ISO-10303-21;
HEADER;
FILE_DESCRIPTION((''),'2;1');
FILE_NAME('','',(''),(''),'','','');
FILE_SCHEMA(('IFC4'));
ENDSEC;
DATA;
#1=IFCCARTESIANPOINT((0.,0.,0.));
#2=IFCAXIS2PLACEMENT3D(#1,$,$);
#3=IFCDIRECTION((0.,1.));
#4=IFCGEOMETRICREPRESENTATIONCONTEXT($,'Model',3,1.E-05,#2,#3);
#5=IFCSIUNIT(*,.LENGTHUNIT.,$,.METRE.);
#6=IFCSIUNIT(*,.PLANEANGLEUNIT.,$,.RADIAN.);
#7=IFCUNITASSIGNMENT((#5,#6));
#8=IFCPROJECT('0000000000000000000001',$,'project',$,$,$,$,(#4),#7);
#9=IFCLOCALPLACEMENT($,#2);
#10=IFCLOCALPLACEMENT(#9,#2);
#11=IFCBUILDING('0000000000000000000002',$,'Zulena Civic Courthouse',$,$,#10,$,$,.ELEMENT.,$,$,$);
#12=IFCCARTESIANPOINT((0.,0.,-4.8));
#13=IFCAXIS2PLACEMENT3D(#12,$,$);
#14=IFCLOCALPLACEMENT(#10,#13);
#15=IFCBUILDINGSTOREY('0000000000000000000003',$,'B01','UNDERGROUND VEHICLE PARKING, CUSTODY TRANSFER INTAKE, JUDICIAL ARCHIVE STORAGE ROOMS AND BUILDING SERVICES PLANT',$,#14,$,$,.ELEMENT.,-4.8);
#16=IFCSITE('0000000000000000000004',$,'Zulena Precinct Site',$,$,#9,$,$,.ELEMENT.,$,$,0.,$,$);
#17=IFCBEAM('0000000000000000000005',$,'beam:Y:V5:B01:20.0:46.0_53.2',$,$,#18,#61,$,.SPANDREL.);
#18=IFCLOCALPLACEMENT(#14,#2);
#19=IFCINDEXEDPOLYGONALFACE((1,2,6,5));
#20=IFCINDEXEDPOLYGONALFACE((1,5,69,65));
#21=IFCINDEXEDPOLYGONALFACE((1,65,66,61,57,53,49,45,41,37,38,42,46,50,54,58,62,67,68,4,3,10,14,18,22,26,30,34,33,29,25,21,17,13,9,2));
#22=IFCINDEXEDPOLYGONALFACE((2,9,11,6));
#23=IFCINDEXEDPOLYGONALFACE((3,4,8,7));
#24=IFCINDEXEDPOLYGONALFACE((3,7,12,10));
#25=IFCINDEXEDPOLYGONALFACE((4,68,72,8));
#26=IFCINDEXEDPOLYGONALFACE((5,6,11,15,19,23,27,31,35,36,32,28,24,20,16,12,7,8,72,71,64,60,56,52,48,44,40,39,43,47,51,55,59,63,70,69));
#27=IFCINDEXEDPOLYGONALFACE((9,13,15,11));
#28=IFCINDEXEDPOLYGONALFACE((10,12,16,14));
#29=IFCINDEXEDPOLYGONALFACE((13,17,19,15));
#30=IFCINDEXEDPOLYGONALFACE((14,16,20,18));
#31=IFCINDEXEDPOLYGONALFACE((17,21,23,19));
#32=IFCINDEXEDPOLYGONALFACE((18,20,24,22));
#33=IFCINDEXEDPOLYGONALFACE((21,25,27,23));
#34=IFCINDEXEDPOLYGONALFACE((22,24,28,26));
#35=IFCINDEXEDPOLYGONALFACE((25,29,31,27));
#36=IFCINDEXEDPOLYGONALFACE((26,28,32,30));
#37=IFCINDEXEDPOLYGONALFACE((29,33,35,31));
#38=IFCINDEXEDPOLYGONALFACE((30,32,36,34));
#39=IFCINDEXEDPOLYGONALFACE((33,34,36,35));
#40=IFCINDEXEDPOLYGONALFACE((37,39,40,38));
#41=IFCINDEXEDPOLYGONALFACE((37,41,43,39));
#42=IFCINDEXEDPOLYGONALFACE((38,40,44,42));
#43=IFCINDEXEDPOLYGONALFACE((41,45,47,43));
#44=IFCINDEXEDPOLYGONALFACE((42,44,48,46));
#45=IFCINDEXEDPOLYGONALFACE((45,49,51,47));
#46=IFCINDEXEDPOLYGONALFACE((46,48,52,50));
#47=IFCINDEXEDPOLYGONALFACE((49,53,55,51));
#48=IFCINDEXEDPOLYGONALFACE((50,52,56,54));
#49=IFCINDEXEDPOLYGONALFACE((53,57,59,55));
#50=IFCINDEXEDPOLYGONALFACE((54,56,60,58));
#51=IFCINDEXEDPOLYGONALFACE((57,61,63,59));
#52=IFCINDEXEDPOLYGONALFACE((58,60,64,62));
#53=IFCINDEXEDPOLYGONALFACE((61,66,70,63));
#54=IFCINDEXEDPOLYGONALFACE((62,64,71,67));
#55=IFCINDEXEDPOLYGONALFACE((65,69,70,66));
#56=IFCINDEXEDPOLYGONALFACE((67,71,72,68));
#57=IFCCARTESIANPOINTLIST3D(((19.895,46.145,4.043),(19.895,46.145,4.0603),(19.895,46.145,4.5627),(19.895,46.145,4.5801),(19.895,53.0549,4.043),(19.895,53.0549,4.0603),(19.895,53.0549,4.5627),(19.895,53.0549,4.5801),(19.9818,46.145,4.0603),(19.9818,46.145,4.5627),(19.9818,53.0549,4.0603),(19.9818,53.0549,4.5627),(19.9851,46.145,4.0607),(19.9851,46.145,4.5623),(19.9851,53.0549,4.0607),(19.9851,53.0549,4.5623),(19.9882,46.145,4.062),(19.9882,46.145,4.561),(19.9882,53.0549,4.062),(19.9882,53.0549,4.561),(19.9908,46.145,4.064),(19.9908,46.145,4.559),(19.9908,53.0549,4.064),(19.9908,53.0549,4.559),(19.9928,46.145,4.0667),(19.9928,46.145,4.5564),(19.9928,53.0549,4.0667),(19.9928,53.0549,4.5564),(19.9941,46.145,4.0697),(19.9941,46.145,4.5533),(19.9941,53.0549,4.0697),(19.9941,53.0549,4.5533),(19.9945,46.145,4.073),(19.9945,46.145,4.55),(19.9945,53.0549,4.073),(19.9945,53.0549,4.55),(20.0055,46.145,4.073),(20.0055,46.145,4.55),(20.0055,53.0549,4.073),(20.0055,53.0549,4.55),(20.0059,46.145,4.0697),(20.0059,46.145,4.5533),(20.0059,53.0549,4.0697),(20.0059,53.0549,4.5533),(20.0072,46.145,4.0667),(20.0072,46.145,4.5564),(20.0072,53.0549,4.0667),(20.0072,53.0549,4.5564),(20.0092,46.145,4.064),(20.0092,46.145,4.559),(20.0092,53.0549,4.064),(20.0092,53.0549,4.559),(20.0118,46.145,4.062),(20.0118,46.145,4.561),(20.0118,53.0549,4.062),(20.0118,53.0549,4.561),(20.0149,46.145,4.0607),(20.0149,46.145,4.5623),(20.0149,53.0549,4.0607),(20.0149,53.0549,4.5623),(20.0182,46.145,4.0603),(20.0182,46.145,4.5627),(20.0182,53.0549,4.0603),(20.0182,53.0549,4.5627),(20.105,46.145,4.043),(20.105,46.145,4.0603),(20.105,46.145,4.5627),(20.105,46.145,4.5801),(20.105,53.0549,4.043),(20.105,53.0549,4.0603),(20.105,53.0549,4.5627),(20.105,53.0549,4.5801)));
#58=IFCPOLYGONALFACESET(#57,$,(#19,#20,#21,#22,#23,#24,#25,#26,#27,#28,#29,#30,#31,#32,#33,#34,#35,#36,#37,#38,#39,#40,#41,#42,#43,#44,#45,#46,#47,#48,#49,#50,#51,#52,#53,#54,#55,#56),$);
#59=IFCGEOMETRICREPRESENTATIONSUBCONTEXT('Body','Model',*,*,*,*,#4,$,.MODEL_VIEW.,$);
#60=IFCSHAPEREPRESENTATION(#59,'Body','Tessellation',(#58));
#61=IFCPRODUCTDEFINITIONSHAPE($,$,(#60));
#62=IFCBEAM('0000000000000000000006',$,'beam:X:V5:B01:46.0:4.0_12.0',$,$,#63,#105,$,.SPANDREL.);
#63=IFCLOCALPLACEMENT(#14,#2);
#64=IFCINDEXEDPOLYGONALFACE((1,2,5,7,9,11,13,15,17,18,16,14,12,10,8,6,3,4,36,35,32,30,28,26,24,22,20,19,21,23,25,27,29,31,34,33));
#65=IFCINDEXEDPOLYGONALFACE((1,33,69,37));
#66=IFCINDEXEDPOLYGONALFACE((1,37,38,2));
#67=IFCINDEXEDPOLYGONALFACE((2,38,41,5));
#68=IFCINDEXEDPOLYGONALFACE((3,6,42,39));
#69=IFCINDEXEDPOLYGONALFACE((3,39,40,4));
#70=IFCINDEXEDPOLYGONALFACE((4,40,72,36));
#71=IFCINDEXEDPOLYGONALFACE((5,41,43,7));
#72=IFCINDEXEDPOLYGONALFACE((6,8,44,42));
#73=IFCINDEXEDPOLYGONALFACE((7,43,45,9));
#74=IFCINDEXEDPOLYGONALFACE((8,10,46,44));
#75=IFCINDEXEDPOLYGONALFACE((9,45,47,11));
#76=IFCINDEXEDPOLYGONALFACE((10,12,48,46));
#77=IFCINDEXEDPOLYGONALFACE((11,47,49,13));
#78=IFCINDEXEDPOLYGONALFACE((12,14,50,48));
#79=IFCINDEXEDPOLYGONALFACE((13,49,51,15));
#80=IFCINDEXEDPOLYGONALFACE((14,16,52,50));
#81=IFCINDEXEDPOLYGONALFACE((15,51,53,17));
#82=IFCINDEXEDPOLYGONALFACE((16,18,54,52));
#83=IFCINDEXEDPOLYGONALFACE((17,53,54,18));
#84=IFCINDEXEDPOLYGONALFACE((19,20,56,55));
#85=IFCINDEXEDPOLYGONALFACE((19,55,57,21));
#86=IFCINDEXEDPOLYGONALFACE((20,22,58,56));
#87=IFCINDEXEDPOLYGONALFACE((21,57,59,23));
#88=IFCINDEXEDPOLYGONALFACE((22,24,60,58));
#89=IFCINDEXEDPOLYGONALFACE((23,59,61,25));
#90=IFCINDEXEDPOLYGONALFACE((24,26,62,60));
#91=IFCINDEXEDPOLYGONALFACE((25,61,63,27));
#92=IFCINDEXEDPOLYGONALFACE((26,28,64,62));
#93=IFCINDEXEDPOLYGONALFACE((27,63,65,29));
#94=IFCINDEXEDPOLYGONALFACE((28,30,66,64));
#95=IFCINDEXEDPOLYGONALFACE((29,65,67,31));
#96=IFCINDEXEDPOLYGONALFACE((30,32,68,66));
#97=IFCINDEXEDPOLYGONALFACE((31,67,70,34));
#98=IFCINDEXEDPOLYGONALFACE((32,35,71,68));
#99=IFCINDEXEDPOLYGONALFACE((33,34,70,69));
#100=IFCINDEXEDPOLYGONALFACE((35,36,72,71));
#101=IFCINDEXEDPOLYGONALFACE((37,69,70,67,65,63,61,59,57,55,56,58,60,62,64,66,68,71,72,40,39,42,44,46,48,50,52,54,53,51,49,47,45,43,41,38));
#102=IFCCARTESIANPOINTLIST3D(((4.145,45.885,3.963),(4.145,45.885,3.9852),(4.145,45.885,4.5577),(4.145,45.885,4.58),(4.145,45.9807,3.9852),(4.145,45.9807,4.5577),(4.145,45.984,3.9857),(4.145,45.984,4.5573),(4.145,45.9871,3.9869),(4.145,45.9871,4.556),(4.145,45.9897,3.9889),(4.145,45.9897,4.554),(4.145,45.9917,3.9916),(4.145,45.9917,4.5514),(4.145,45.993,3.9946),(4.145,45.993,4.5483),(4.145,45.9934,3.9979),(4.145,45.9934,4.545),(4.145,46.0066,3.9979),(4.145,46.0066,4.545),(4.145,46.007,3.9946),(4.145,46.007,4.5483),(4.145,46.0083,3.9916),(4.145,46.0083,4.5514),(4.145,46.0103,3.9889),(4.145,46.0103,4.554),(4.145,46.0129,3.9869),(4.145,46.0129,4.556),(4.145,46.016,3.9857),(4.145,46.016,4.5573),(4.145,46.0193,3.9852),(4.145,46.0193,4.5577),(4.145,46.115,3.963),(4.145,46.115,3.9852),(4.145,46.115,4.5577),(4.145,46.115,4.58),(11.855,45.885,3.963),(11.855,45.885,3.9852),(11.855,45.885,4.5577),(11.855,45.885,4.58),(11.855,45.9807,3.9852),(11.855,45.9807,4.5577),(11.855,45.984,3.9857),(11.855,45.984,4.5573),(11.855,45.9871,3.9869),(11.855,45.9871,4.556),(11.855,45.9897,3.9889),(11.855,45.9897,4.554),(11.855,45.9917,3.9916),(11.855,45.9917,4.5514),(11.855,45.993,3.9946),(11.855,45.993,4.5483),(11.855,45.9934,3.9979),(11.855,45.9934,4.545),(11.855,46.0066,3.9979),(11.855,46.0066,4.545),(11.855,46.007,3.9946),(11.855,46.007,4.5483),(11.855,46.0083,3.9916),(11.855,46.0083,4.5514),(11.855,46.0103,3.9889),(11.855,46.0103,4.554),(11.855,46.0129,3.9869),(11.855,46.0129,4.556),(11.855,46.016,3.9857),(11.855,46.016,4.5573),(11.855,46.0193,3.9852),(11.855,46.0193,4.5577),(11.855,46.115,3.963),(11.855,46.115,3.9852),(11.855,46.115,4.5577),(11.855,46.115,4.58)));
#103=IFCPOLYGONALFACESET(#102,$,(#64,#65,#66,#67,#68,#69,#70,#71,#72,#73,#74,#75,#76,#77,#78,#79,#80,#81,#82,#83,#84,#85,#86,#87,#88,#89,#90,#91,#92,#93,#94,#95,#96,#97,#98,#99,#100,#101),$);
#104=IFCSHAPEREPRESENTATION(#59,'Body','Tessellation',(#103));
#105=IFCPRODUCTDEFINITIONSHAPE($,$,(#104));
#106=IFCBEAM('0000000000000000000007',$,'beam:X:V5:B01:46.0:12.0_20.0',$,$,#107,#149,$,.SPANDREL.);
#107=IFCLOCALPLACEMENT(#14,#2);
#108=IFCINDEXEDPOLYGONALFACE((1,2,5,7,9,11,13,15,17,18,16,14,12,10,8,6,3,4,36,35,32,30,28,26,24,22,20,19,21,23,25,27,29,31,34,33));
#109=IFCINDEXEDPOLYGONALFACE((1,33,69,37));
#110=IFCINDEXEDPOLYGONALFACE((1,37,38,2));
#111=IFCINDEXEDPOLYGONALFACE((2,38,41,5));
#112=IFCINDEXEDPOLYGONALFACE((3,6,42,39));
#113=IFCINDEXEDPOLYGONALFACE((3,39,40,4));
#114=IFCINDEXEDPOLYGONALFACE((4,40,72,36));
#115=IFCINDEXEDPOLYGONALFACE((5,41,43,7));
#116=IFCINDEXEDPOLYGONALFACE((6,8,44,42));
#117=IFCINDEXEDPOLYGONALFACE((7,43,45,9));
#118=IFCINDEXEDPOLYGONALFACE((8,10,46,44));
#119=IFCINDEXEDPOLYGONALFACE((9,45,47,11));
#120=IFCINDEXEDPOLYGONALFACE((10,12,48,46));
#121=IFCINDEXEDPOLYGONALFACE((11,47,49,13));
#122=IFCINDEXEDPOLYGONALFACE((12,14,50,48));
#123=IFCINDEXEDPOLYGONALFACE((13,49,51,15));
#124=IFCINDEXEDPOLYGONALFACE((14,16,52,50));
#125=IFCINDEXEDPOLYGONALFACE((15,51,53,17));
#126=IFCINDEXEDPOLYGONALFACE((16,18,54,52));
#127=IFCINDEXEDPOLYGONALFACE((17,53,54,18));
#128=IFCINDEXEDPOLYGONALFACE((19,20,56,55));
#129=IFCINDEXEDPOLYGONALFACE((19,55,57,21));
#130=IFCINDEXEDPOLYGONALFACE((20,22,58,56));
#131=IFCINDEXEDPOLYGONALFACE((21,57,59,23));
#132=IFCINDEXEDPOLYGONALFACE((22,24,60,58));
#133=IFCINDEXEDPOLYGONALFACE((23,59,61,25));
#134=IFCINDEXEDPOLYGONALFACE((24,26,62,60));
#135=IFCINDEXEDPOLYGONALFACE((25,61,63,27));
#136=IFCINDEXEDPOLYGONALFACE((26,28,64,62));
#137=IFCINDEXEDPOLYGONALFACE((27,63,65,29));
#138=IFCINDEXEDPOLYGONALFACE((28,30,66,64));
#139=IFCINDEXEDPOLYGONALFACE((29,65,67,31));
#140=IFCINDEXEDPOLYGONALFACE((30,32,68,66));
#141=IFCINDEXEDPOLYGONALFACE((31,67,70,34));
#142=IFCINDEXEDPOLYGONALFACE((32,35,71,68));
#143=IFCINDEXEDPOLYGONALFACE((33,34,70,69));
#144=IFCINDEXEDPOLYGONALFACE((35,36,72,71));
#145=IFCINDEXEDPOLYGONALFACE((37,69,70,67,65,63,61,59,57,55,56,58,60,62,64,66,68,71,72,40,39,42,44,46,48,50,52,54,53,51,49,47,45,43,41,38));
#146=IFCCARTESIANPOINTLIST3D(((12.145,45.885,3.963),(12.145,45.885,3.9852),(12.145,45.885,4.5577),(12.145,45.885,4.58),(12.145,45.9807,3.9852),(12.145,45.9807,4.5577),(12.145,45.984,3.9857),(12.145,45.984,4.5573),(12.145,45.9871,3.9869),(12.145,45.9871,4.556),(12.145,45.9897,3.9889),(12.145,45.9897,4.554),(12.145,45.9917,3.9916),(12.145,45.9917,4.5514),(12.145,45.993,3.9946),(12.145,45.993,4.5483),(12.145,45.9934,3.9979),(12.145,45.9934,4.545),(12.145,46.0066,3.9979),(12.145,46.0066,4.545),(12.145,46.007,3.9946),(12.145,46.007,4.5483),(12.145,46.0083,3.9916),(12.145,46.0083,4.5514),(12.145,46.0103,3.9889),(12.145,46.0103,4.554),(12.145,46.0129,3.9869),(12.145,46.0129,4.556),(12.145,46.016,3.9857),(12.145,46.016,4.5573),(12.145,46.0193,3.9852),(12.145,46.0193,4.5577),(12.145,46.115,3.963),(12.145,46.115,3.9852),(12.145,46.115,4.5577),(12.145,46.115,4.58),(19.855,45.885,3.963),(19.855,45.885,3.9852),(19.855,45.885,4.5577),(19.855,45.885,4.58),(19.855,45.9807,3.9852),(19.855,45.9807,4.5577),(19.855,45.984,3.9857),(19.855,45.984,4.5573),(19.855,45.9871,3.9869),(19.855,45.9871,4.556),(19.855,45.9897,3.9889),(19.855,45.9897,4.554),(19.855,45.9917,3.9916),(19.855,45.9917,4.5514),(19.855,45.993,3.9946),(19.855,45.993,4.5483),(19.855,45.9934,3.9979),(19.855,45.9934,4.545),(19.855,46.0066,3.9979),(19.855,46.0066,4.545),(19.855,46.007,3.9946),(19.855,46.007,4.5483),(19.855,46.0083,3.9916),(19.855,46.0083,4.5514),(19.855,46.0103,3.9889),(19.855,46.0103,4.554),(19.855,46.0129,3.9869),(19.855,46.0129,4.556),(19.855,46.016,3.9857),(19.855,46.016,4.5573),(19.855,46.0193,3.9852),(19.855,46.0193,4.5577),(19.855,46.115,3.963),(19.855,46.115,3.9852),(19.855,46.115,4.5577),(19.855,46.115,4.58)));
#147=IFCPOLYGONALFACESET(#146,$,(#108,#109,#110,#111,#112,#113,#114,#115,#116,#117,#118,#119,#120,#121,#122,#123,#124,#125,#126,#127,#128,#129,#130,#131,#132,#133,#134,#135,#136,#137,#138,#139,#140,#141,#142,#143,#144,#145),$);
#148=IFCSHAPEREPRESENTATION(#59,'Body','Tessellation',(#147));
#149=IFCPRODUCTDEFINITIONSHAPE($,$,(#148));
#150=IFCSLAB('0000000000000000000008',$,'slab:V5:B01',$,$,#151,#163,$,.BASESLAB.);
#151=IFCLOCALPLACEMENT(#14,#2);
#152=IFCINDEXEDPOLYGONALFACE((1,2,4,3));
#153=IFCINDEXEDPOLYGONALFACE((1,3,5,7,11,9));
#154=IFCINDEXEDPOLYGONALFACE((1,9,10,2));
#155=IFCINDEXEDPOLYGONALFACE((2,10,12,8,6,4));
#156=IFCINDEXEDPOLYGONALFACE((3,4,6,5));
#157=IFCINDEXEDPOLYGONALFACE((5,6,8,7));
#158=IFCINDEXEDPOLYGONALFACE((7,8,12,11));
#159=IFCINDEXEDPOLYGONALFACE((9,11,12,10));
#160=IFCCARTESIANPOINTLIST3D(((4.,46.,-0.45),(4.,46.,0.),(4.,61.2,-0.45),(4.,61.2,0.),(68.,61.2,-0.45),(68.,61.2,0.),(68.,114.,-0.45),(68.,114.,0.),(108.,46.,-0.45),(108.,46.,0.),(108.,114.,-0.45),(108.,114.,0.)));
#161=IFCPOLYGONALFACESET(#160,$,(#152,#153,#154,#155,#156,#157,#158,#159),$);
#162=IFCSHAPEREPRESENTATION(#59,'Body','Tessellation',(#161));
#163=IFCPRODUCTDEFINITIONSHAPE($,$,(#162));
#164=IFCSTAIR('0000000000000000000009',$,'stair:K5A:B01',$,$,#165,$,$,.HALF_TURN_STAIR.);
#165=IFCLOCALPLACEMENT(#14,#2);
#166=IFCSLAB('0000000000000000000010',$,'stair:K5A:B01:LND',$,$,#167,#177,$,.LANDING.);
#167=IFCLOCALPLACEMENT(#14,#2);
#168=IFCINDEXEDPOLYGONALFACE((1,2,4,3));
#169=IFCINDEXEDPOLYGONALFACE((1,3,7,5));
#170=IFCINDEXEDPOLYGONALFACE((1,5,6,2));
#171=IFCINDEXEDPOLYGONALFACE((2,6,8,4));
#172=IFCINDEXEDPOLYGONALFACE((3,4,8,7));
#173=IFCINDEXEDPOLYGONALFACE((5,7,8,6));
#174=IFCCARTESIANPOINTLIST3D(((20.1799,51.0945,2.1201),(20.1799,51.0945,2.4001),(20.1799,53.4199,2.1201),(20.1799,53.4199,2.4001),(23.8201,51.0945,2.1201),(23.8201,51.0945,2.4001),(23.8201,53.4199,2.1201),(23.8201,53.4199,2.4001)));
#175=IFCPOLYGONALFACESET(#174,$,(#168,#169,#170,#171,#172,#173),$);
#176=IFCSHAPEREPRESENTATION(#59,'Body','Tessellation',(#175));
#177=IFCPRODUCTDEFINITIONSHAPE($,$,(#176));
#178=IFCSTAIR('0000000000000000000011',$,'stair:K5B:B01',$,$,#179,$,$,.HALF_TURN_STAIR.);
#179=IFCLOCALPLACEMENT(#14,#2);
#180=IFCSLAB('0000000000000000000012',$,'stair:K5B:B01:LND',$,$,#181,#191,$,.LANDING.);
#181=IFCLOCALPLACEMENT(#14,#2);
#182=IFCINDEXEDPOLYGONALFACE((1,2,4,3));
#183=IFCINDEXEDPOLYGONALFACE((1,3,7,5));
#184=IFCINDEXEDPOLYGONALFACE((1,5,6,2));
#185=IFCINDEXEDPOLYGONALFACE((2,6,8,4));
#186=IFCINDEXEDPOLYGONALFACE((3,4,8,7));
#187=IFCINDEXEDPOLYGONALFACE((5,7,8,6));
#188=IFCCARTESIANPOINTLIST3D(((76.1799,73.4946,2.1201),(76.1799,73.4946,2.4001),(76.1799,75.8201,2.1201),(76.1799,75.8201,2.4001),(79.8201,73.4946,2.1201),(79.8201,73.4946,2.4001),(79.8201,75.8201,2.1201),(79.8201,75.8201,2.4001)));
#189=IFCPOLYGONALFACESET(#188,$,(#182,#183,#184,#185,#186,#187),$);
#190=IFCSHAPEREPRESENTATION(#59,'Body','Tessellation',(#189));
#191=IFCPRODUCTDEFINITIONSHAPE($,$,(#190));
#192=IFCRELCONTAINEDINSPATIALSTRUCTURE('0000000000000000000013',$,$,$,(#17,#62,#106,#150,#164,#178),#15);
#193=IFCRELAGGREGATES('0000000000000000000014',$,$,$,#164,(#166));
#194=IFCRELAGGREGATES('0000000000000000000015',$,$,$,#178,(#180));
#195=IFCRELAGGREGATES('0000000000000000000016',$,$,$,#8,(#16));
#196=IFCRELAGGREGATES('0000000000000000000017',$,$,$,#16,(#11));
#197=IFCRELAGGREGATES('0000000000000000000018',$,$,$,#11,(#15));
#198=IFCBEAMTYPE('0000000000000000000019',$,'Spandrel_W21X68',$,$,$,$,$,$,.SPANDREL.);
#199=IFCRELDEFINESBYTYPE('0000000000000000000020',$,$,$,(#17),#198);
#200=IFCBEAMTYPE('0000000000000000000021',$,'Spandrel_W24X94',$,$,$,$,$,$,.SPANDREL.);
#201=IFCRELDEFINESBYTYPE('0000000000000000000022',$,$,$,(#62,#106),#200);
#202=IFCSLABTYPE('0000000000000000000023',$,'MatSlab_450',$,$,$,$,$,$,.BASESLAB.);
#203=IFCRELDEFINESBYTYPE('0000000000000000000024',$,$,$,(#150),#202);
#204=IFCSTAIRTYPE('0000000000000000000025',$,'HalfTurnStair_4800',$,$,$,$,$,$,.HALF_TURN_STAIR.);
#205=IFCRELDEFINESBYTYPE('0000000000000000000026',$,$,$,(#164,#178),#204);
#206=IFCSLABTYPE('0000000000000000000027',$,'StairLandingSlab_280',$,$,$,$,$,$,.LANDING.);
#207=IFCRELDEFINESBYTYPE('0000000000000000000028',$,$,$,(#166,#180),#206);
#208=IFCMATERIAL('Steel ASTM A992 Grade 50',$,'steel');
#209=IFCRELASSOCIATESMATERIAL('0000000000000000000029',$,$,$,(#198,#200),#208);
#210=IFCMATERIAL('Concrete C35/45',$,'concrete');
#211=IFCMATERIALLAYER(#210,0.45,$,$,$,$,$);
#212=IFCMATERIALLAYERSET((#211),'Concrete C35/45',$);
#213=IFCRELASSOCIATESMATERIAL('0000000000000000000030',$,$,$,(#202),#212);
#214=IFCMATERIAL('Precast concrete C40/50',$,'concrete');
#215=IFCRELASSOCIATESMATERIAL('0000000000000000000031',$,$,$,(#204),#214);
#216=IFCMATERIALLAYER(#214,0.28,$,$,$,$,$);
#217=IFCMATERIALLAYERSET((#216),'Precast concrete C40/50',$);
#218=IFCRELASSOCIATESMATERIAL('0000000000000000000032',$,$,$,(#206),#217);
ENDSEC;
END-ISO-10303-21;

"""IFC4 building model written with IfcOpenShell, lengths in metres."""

from ifc_helpers import new_model, si_unit, direction, frame, origin, origin_2d, place, context, subcontext, project, spatial, polyline, i_section, outline, extrude, material, layer, layer_set, material_profile, profile_set, type_object, element, aggregate, save


model = new_model("IFC4")

# Units and contexts
model_context = context("Model", 3, precision=1e-05, world=origin(), true_north=direction((0.0, 1.0)))
body_context = subcontext(model_context, "Body", "Model", "MODEL_VIEW")
ifc_project = project(units=[si_unit("LENGTHUNIT", "METRE"), si_unit("PLANEANGLEUNIT", "RADIAN")], contexts=[model_context])

# Site, building, storey
site_placement = place(None, origin())
site = spatial("IfcSite", under=ifc_project, at=site_placement, Name="Zulena Precinct Site", CompositionType="ELEMENT", RefElevation=0.0)
building_placement = place(site_placement, origin())
building = spatial("IfcBuilding", under=site, at=building_placement, Name="Zulena Civic Courthouse", CompositionType="ELEMENT")
storey_placement = place(building_placement, frame((0.0, 0.0, -4.8)))
storey = spatial("IfcBuildingStorey", under=building, at=storey_placement, Name="B01", Description="UNDERGROUND VEHICLE PARKING, CUSTODY TRANSFER INTAKE, JUDICIAL ARCHIVE STORAGE ROOMS AND BUILDING SERVICES PLANT", CompositionType="ELEMENT", Elevation=-4.8)

# Shared definitions
ifc_material_1 = material(Name="Concrete C35/45", Category="concrete")

# Shared definitions
ifc_material_2 = material(Name="Steel ASTM A992 Grade 50", Category="steel")

# Beams
ifc_material_profile_1 = material_profile(ifc_material_2, i_section(OverallWidth=0.21, OverallDepth=0.5371, WebThickness=0.011, FlangeThickness=0.0173, FilletRadius=0.0127, at=origin_2d()), Name="W21X68")
ifc_profile_set_1 = profile_set([ifc_material_profile_1], Name="Steel ASTM A992 Grade 50")
beam_type_1 = type_object("IfcBeamType", Name="Spandrel_W21X68", PredefinedType="SPANDREL", material=ifc_profile_set_1)
for number, where, z_axis, x_axis, name in (
    (1, (20.0, 46.145, 4.3115), (0.0, 1.0, 0.0), (-1.0, 0.0, 0.0), "beam:Y:V5:B01:20.0:46.0_53.2"),
):
    element("IfcBeam", number, at=place(storey_placement, frame(where, z_axis=z_axis, x_axis=x_axis)), inside=storey, type_object=beam_type_1, Name=name, PredefinedType="SPANDREL", context=body_context, shape_type="SweptSolid", body=[
        extrude(i_section(OverallWidth=0.21, OverallDepth=0.5371, WebThickness=0.011, FlangeThickness=0.0173, FilletRadius=0.0127, at=origin_2d()), origin(), (0.0, 0.0, 1.0), 6.9099),
    ])
ifc_material_profile_2 = material_profile(ifc_material_2, i_section(OverallWidth=0.23, OverallDepth=0.6169, WebThickness=0.0132, FlangeThickness=0.0222, FilletRadius=0.0127, at=origin_2d()), Name="W24X94")
ifc_profile_set_2 = profile_set([ifc_material_profile_2], Name="Steel ASTM A992 Grade 50")
beam_type_2 = type_object("IfcBeamType", Name="Spandrel_W24X94", PredefinedType="SPANDREL", material=ifc_profile_set_2)
for number, where, z_axis, x_axis, name in (
    (2, (4.145, 46.0, 4.2715), (1.0, 0.0, 0.0), (0.0, 1.0, 0.0), "beam:X:V5:B01:46.0:4.0_12.0"),
    (3, (12.145, 46.0, 4.2715), (1.0, 0.0, 0.0), (0.0, 1.0, 0.0), "beam:X:V5:B01:46.0:12.0_20.0"),
):
    element("IfcBeam", number, at=place(storey_placement, frame(where, z_axis=z_axis, x_axis=x_axis)), inside=storey, type_object=beam_type_2, Name=name, PredefinedType="SPANDREL", context=body_context, shape_type="SweptSolid", body=[
        extrude(i_section(OverallWidth=0.23, OverallDepth=0.6169, WebThickness=0.0132, FlangeThickness=0.0222, FilletRadius=0.0127, at=origin_2d()), origin(), (0.0, 0.0, 1.0), 7.71),
    ])

# Slab
ifc_layer_1 = layer(ifc_material_1, 0.45)
ifc_layer_set_1 = layer_set([ifc_layer_1], Name="Concrete C35/45")
slab_type_1 = type_object("IfcSlabType", Name="MatSlab_450", PredefinedType="BASESLAB", material=ifc_layer_set_1)
slab_1_placement = place(storey_placement, frame((0.0, 0.0, -0.45)))
element("IfcSlab", 4, at=slab_1_placement, inside=storey, type_object=slab_type_1, Name="slab:V5:B01", PredefinedType="BASESLAB", context=body_context, shape_type="SweptSolid", body=[
    extrude(outline(polyline([(4.0, 46.0), (108.0, 46.0), (108.0, 114.0), (68.0, 114.0), (68.0, 61.2), (4.0, 61.2), (4.0, 46.0)])), origin(), (0.0, 0.0, 1.0), 0.45),
])

# Stairs, slabs
ifc_material_3 = material(Name="Precast concrete C40/50", Category="concrete")
stair_type = type_object("IfcStairType", Name="HalfTurnStair_4800", PredefinedType="HALF_TURN_STAIR", material=ifc_material_3)
stair_1_placement = place(storey_placement, origin())
stair_1 = element("IfcStair", 5, at=stair_1_placement, inside=storey, type_object=stair_type, Name="stair:K5A:B01", PredefinedType="HALF_TURN_STAIR")
ifc_layer_2 = layer(ifc_material_3, 0.28)
ifc_layer_set_2 = layer_set([ifc_layer_2], Name="Precast concrete C40/50")
slab_type_2 = type_object("IfcSlabType", Name="StairLandingSlab_280", PredefinedType="LANDING", material=ifc_layer_set_2)
slab_2_placement = place(storey_placement, frame((0.0, 0.0, 2.1201)))
slab_2 = element("IfcSlab", 6, at=slab_2_placement, type_object=slab_type_2, Name="stair:K5A:B01:LND", PredefinedType="LANDING", context=body_context, shape_type="SweptSolid", body=[
    extrude(outline(polyline([(20.1799, 51.0945), (23.8201, 51.0945), (23.8201, 53.4199), (20.1799, 53.4199), (20.1799, 51.0945)])), origin(), (0.0, 0.0, 1.0), 0.28),
])
aggregate(stair_1, [slab_2])
stair_2_placement = place(storey_placement, origin())
stair_2 = element("IfcStair", 7, at=stair_2_placement, inside=storey, type_object=stair_type, Name="stair:K5B:B01", PredefinedType="HALF_TURN_STAIR")
slab_3_placement = place(storey_placement, frame((0.0, 0.0, 2.1201)))
slab_3 = element("IfcSlab", 8, at=slab_3_placement, type_object=slab_type_2, Name="stair:K5B:B01:LND", PredefinedType="LANDING", context=body_context, shape_type="SweptSolid", body=[
    extrude(outline(polyline([(76.1799, 73.4946), (79.8201, 73.4946), (79.8201, 75.8201), (76.1799, 75.8201), (76.1799, 73.4946)])), origin(), (0.0, 0.0, 1.0), 0.28),
])
aggregate(stair_2, [slab_3])

save(model, "model.ifc")
